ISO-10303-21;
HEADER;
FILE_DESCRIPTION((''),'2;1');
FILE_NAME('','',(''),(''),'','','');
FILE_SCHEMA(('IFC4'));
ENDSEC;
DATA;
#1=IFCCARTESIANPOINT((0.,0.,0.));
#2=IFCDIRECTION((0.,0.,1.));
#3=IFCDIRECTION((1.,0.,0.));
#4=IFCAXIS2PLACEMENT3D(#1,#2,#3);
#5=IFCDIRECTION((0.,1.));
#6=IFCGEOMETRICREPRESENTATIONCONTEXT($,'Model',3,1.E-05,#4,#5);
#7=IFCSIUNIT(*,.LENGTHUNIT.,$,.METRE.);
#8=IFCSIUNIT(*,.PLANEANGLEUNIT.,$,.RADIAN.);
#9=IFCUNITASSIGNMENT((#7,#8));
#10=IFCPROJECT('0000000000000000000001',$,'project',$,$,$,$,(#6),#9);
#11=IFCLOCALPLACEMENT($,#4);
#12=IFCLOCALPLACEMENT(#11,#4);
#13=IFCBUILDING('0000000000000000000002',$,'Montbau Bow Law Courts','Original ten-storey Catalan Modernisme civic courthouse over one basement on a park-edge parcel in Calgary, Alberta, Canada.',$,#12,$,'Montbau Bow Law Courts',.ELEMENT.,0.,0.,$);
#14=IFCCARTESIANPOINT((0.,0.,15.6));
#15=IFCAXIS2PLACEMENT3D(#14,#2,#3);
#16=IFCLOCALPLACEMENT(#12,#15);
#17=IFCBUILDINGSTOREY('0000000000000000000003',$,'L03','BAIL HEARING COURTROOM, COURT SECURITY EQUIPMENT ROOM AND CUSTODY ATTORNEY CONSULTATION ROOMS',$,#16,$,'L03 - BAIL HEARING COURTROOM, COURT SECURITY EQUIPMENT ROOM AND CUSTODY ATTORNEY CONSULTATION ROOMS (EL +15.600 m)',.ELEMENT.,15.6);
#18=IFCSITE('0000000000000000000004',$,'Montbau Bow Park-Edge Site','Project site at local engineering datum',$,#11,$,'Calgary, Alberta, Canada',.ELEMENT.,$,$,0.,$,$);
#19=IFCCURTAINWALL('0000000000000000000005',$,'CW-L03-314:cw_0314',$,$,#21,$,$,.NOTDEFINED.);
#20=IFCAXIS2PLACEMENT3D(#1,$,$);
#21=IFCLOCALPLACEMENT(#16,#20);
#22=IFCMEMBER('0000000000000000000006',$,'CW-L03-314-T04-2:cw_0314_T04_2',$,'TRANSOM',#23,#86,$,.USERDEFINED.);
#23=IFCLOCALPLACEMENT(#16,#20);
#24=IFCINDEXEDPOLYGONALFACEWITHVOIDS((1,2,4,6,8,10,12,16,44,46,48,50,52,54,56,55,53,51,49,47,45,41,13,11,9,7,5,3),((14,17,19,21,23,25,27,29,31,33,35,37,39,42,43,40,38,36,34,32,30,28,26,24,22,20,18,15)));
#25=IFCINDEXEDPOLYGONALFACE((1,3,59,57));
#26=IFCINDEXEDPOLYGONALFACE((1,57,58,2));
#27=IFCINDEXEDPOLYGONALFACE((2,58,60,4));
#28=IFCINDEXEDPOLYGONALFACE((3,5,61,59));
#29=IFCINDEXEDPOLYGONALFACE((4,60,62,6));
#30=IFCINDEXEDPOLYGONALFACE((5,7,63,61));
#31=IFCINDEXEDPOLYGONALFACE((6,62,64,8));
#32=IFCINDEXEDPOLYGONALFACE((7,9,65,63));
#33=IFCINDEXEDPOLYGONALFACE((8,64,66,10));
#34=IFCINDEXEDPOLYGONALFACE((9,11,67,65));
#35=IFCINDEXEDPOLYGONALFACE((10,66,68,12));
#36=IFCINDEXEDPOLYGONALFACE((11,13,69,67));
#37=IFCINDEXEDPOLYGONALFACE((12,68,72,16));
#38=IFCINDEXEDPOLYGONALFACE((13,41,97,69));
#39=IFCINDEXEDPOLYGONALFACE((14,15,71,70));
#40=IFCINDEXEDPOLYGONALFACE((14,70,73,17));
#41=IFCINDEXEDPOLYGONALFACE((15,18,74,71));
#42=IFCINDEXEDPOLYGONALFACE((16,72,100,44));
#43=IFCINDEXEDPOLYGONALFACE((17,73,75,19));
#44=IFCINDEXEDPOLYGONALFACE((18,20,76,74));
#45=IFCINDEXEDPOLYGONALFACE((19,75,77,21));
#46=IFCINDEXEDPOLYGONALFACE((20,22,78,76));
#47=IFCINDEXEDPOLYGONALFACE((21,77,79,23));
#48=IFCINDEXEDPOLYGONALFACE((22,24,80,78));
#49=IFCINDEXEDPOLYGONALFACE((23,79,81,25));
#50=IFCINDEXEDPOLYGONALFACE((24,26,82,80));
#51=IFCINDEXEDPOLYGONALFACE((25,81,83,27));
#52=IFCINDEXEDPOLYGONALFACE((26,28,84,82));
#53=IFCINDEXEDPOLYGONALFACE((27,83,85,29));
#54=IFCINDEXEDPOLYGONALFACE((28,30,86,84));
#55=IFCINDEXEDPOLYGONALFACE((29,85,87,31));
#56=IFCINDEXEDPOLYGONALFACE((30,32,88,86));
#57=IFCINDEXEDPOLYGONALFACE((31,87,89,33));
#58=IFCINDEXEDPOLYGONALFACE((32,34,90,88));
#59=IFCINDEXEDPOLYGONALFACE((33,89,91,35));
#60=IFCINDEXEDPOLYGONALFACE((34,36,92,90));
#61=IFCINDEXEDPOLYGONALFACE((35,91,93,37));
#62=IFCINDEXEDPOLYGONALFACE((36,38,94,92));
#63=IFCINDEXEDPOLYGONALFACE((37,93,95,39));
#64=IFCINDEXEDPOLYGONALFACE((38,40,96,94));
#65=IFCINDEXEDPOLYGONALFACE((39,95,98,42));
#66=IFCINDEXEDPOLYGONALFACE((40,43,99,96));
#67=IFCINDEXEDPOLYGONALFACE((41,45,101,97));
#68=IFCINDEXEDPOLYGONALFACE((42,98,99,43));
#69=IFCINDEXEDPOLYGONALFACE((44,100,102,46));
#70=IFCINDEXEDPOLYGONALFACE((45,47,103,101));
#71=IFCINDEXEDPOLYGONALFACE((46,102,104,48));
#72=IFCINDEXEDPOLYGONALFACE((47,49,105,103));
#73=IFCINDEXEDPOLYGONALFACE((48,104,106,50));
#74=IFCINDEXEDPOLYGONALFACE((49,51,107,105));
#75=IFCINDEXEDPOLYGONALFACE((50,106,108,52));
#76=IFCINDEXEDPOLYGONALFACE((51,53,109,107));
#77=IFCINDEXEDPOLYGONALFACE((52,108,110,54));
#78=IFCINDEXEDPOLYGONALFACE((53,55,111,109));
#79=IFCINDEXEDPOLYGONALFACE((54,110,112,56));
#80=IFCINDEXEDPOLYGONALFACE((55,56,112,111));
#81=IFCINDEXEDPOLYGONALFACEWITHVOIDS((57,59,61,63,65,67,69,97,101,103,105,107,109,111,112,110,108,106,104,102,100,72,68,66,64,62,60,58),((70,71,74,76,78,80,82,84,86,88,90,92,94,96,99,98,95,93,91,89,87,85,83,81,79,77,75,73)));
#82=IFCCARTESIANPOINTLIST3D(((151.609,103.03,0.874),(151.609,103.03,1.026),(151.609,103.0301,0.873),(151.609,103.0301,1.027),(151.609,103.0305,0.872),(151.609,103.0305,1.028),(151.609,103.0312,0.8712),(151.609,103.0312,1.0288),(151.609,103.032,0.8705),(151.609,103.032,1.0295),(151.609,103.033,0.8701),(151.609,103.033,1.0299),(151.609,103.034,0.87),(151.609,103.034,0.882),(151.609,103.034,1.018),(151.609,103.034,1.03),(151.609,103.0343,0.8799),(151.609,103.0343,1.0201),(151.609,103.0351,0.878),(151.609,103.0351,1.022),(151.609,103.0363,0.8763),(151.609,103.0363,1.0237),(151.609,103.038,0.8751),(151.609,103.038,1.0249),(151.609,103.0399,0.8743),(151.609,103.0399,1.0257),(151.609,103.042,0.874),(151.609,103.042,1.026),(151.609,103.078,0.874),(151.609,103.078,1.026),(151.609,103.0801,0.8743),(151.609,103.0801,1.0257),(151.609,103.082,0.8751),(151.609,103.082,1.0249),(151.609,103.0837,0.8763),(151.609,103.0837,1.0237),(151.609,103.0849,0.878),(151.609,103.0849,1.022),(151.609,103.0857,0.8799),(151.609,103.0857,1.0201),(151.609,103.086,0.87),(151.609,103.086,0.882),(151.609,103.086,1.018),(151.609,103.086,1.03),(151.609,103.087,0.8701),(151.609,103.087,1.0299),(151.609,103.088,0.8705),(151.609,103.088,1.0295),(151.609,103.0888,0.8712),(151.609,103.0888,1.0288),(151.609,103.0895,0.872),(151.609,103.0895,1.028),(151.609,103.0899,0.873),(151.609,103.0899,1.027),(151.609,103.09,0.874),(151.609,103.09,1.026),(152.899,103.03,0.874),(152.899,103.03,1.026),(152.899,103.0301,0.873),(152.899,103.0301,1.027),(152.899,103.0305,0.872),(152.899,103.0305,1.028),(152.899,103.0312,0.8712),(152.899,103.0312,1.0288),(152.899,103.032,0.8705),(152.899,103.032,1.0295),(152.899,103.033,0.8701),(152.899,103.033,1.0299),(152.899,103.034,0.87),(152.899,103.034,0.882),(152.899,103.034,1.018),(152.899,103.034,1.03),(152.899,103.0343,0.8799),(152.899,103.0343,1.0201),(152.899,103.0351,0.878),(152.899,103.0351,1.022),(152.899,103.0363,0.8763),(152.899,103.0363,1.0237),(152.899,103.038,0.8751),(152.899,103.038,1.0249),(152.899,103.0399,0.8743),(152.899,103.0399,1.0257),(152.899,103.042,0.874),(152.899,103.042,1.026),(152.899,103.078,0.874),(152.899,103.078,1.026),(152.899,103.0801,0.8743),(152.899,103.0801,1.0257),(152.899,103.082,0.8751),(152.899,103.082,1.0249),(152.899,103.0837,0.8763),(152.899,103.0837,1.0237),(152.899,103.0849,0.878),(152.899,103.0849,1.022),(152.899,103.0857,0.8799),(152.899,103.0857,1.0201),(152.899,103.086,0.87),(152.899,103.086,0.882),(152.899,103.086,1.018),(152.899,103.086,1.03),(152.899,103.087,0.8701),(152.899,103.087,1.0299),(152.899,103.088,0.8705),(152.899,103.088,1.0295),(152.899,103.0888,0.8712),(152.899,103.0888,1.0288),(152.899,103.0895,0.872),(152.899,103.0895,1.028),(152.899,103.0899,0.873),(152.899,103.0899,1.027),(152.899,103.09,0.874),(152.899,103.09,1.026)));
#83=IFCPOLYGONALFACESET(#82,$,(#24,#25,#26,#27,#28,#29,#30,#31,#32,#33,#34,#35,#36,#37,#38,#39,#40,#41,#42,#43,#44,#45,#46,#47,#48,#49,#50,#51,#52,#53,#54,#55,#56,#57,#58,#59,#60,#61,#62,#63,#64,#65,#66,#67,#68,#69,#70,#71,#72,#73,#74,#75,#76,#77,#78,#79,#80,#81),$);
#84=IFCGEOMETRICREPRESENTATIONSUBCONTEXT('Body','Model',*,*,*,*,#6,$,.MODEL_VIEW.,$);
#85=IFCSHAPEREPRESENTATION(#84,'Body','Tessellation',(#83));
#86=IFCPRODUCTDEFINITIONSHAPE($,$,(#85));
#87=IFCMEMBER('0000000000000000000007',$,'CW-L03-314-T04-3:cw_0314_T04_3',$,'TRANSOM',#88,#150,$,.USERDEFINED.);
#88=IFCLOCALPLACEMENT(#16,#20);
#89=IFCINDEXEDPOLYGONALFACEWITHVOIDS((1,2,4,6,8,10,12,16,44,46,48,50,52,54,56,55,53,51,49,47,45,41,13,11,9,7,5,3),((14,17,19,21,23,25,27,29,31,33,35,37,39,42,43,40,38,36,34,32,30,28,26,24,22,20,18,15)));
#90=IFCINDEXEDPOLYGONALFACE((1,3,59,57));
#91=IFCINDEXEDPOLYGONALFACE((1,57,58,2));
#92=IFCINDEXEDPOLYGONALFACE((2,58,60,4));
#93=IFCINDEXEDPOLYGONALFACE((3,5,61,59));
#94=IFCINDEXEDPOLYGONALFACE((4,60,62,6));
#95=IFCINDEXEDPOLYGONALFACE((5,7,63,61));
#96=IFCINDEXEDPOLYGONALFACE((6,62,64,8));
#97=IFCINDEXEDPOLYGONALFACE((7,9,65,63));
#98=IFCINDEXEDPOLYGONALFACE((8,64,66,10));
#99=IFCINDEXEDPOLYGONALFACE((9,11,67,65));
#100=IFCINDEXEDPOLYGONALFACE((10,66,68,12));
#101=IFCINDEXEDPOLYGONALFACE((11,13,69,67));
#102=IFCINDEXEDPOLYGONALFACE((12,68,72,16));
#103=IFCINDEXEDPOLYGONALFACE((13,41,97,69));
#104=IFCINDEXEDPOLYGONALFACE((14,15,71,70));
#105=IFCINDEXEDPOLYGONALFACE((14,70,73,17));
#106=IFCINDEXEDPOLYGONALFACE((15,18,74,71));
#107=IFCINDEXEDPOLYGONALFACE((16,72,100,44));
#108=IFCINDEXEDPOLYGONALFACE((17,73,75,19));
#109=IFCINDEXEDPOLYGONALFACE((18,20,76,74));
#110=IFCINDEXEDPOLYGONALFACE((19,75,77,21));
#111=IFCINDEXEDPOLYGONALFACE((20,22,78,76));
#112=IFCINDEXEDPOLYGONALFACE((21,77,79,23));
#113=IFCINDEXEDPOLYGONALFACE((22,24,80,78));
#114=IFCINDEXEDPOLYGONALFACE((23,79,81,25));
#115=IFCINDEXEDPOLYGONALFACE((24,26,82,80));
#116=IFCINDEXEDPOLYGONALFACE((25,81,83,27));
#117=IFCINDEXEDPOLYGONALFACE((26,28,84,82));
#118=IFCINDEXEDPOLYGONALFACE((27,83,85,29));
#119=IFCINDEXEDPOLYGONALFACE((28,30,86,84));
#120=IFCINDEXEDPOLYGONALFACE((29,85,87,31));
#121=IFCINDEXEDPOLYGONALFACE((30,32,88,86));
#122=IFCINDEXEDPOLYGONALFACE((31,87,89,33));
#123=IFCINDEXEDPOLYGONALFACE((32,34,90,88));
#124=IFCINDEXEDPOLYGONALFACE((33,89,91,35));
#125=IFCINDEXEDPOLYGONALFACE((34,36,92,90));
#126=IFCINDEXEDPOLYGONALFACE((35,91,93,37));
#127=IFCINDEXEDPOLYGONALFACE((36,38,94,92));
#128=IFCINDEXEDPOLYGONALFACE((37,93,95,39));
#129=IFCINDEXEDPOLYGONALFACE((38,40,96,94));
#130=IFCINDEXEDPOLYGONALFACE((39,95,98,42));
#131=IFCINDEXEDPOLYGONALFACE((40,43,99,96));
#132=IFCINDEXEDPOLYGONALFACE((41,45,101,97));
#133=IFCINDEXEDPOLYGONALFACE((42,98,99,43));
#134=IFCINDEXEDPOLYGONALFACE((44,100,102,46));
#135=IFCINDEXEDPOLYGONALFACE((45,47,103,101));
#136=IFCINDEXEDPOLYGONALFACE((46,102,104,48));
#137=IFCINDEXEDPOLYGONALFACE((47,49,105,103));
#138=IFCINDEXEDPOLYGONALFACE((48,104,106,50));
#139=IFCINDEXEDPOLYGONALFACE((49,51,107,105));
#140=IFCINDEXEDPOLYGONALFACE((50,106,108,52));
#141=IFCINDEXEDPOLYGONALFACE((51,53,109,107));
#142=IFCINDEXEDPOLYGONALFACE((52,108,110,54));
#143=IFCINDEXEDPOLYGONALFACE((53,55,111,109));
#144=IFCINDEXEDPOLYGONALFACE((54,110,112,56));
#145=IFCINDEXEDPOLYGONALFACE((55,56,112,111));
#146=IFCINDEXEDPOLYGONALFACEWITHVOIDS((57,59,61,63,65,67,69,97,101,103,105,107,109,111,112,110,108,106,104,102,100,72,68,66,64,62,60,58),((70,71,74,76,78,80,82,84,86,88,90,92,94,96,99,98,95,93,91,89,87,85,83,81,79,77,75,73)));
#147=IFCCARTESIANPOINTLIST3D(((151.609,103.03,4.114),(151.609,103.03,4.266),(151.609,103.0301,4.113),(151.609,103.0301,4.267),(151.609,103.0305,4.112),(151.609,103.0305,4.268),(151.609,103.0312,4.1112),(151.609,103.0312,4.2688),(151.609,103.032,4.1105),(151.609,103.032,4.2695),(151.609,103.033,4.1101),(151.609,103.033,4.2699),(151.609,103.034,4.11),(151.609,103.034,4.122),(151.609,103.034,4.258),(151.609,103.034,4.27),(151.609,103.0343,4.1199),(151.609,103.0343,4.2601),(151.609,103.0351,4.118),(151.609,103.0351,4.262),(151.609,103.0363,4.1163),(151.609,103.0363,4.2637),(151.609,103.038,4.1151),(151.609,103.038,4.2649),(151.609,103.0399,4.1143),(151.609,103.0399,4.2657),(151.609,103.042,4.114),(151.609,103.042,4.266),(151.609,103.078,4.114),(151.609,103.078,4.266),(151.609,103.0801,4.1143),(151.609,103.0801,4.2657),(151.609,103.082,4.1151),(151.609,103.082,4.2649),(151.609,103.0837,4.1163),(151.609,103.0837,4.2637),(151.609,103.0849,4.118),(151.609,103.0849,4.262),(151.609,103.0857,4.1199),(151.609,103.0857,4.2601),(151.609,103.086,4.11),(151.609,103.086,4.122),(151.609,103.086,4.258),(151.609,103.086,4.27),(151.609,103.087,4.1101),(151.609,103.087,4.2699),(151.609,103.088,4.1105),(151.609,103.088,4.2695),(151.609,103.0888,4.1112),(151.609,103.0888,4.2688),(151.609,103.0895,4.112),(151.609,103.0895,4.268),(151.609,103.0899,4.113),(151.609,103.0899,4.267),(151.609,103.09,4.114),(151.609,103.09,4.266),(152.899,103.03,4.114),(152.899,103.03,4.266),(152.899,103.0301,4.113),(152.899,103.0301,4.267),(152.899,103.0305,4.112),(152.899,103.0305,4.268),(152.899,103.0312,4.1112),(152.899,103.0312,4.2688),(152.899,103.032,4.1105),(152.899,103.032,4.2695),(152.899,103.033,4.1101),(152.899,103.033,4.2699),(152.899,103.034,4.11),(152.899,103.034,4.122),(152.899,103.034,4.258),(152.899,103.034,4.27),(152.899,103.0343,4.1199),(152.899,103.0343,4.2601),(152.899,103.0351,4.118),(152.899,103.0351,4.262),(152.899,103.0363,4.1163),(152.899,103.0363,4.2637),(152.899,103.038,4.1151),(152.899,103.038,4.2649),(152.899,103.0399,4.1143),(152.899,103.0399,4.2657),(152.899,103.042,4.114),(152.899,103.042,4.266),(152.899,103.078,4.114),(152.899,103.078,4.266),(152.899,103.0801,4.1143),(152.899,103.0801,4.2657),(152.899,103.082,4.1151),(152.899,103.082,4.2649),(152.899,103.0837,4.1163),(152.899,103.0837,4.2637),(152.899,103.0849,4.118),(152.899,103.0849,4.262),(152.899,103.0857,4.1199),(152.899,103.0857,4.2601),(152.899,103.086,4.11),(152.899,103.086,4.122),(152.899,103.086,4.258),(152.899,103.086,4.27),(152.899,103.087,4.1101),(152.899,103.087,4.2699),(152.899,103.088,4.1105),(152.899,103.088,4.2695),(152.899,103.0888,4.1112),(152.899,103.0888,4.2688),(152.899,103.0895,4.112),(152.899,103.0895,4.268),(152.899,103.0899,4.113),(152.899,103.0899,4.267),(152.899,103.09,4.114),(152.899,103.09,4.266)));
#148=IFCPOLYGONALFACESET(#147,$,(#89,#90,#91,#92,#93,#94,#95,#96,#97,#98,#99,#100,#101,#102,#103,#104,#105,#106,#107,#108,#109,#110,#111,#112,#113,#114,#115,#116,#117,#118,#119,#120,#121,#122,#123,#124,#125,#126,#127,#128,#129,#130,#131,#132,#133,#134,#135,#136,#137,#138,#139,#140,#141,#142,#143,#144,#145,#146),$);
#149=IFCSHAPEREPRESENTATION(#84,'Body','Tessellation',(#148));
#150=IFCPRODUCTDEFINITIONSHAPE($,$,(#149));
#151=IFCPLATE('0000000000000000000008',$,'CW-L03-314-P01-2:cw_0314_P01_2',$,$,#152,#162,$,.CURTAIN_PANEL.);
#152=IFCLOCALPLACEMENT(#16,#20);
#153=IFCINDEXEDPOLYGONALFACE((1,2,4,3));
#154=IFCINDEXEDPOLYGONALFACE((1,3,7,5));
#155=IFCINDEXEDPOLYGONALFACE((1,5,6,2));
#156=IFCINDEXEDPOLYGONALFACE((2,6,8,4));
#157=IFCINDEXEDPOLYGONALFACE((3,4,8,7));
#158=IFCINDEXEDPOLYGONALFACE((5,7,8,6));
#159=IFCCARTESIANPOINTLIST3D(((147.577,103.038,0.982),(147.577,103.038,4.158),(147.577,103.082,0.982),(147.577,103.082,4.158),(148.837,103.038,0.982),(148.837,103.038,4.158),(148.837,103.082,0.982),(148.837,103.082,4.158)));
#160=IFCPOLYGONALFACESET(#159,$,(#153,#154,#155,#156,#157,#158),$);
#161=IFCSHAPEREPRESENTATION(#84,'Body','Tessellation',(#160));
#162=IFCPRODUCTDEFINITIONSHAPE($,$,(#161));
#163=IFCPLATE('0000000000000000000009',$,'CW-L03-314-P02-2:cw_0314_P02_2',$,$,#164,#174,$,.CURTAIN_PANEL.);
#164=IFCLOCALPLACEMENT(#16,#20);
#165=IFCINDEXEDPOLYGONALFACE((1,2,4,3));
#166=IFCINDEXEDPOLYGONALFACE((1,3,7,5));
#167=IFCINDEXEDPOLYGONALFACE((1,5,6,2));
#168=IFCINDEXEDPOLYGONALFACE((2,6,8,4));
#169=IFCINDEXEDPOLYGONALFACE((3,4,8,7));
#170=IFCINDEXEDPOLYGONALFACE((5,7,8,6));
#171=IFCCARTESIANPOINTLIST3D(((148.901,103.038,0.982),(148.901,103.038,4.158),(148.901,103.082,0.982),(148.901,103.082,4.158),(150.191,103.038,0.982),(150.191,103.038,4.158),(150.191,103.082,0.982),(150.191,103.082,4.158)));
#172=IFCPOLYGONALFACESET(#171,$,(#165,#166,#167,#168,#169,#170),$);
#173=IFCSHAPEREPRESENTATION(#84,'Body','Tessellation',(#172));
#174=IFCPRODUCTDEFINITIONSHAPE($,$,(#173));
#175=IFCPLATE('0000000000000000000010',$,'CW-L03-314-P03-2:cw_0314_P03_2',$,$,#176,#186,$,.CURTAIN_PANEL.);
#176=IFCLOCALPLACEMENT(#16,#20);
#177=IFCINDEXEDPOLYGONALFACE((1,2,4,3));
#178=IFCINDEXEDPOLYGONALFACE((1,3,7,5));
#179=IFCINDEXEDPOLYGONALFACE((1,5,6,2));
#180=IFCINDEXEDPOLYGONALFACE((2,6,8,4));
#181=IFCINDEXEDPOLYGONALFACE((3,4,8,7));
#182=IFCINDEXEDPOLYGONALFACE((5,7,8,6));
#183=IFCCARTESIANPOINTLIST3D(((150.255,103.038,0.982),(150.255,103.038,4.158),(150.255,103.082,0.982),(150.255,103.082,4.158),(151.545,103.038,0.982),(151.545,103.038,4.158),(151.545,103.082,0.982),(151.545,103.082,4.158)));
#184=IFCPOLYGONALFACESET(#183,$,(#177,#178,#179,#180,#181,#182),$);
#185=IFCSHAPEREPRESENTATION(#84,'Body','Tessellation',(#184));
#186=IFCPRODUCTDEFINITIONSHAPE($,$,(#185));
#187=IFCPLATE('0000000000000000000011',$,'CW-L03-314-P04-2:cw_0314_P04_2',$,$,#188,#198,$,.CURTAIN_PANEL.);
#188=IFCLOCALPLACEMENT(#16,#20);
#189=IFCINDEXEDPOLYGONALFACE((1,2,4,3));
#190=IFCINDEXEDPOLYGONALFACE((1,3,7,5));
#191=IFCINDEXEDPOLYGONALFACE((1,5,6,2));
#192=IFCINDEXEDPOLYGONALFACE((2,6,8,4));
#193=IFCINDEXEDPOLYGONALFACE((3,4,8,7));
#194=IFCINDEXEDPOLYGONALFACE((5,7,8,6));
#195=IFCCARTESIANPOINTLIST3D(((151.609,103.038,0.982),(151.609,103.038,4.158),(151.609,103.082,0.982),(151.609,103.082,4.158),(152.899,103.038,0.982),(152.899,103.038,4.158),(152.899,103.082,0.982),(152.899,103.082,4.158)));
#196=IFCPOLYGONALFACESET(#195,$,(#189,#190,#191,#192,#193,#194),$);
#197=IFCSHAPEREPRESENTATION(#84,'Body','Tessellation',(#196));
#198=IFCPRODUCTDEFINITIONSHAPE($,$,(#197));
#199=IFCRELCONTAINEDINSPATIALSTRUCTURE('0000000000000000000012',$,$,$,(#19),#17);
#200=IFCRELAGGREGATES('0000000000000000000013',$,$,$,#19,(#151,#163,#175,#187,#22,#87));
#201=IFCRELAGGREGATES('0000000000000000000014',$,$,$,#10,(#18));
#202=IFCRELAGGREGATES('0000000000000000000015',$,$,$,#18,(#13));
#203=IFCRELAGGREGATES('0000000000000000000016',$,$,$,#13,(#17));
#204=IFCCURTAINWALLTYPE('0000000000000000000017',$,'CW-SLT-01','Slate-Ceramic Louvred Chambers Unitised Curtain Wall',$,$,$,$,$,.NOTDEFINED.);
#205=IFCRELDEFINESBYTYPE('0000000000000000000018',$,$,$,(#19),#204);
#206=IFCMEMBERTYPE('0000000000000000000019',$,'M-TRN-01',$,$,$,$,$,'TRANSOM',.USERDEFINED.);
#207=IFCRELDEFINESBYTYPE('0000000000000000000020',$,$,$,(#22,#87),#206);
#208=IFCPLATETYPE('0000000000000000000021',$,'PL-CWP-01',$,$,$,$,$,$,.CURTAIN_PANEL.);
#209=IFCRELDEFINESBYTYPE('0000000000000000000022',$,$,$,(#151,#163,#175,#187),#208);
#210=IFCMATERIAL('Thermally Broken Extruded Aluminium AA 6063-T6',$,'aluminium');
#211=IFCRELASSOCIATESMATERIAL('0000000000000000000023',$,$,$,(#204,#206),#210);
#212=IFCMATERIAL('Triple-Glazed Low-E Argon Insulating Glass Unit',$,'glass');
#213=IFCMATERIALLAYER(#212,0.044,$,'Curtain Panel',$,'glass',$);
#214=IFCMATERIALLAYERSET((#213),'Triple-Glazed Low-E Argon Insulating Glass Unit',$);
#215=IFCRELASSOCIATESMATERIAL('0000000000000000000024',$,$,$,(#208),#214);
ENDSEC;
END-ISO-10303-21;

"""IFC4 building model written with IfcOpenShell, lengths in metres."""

from ifc_helpers import new_model, si_unit, direction, frame, frame_2d, origin_with_axes, origin_2d_with_axis, place, context, subcontext, project, spatial, rectangle, hollow_rectangle, extrude, material, layer, layer_set, material_profile, profile_set, type_object, element, aggregate, save


model = new_model("IFC4")

# Units and contexts
model_context = context("Model", 3, precision=1e-05, world=origin_with_axes(), true_north=direction((0.0, 1.0)))
body_context = subcontext(model_context, "Body", "Model", "MODEL_VIEW")
ifc_project = project(units=[si_unit("LENGTHUNIT", "METRE"), si_unit("PLANEANGLEUNIT", "RADIAN")], contexts=[model_context])

# Site, building, storey
site_placement = place(None, origin_with_axes())
site = spatial("IfcSite", under=ifc_project, at=site_placement, Name="Montbau Bow Park-Edge Site", Description="Project site at local engineering datum", LongName="Calgary, Alberta, Canada", CompositionType="ELEMENT", RefElevation=0.0)
building_placement = place(site_placement, origin_with_axes())
building = spatial("IfcBuilding", under=site, at=building_placement, Name="Montbau Bow Law Courts", Description="Original ten-storey Catalan Modernisme civic courthouse over one basement on a park-edge parcel in Calgary, Alberta, Canada.", LongName="Montbau Bow Law Courts", CompositionType="ELEMENT", ElevationOfRefHeight=0.0, ElevationOfTerrain=0.0)
storey_placement = place(building_placement, frame((0.0, 0.0, 15.6), z_axis=(0.0, 0.0, 1.0), x_axis=(1.0, 0.0, 0.0)))
storey = spatial("IfcBuildingStorey", under=building, at=storey_placement, Name="L03", Description="BAIL HEARING COURTROOM, COURT SECURITY EQUIPMENT ROOM AND CUSTODY ATTORNEY CONSULTATION ROOMS", LongName="L03 - BAIL HEARING COURTROOM, COURT SECURITY EQUIPMENT ROOM AND CUSTODY ATTORNEY CONSULTATION ROOMS (EL +15.600 m)", CompositionType="ELEMENT", Elevation=15.6)

# Curtain wall, members, plates
ifc_material_1 = material(Name="Thermally Broken Extruded Aluminium AA 6063-T6", Category="aluminium")
curtain_wall_type = type_object("IfcCurtainWallType", Name="CW-SLT-01", Description="Slate-Ceramic Louvred Chambers Unitised Curtain Wall", PredefinedType="NOTDEFINED", material=ifc_material_1)
curtain_wall_placement = place(None, frame((147.515, 103.06, 15.6), z_axis=(0.0, 0.0, 1.0), x_axis=(1.0, 0.0, 0.0)))
curtain_wall = element("IfcCurtainWall", 1, at=curtain_wall_placement, inside=storey, type_object=curtain_wall_type, Name="CW-L03-314:cw_0314", PredefinedType="NOTDEFINED")
ifc_material_profile_1 = material_profile(ifc_material_1, hollow_rectangle(XDim=0.06, YDim=0.16, WallThickness=0.004, InnerFilletRadius=0.008, OuterFilletRadius=0.004, at=origin_2d_with_axis()), Name="CWT-160X60", Category="Main", Priority=0)
ifc_profile_set_1 = profile_set([ifc_material_profile_1], Name="Thermally Broken Extruded Aluminium AA 6063-T6")
member_type_1 = type_object("IfcMemberType", Name="M-TRN-01", ElementType="TRANSOM", PredefinedType="USERDEFINED", material=ifc_profile_set_1)
member_1_placement = place(None, frame((151.609, 103.06, 16.55), z_axis=(1.0, 0.0, 0.0), x_axis=(0.0, 1.0, 0.0)))
member_1 = element("IfcMember", 2, at=member_1_placement, type_object=member_type_1, Name="CW-L03-314-T04-2:cw_0314_T04_2", ObjectType="TRANSOM", PredefinedType="USERDEFINED", context=body_context, shape_type="SweptSolid", body=[
    extrude(hollow_rectangle(XDim=0.06, YDim=0.16, WallThickness=0.004, InnerFilletRadius=0.008, OuterFilletRadius=0.004, at=origin_2d_with_axis()), origin_with_axes(), (0.0, 0.0, 1.0), 1.29),
])
member_2_placement = place(None, frame((151.609, 103.06, 19.79), z_axis=(1.0, 0.0, 0.0), x_axis=(0.0, 1.0, 0.0)))
member_2 = element("IfcMember", 3, at=member_2_placement, type_object=member_type_1, Name="CW-L03-314-T04-3:cw_0314_T04_3", ObjectType="TRANSOM", PredefinedType="USERDEFINED", context=body_context, shape_type="SweptSolid", body=[
    extrude(hollow_rectangle(XDim=0.06, YDim=0.16, WallThickness=0.004, InnerFilletRadius=0.008, OuterFilletRadius=0.004, at=origin_2d_with_axis()), origin_with_axes(), (0.0, 0.0, 1.0), 1.29),
])
ifc_material_2 = material(Name="Triple-Glazed Low-E Argon Insulating Glass Unit", Category="glass")
ifc_layer_1 = layer(ifc_material_2, 0.044, Name="Curtain Panel", Category="glass")
ifc_layer_set_1 = layer_set([ifc_layer_1], Name="Triple-Glazed Low-E Argon Insulating Glass Unit")
plate_type_1 = type_object("IfcPlateType", Name="PL-CWP-01", PredefinedType="CURTAIN_PANEL", material=ifc_layer_set_1)
plate_1_placement = place(None, frame((147.577, 103.06, 16.582), z_axis=(0.0, -1.0, 0.0), x_axis=(1.0, 0.0, 0.0)))
plate_1 = element("IfcPlate", 4, at=plate_1_placement, type_object=plate_type_1, Name="CW-L03-314-P01-2:cw_0314_P01_2", PredefinedType="CURTAIN_PANEL", context=body_context, shape_type="SweptSolid", body=[
    extrude(rectangle(XDim=1.26, YDim=3.176, at=frame_2d((0.63, 1.588), x_axis=(1.0, 0.0))), frame((0.0, 0.0, -0.022), z_axis=(0.0, 0.0, 1.0), x_axis=(1.0, 0.0, 0.0)), (0.0, 0.0, 1.0), 0.044),
])
plate_2_placement = place(None, frame((148.901, 103.06, 16.582), z_axis=(0.0, -1.0, 0.0), x_axis=(1.0, 0.0, 0.0)))
plate_2 = element("IfcPlate", 5, at=plate_2_placement, type_object=plate_type_1, Name="CW-L03-314-P02-2:cw_0314_P02_2", PredefinedType="CURTAIN_PANEL", context=body_context, shape_type="SweptSolid", body=[
    extrude(rectangle(XDim=1.29, YDim=3.176, at=frame_2d((0.645, 1.588), x_axis=(1.0, 0.0))), frame((0.0, 0.0, -0.022), z_axis=(0.0, 0.0, 1.0), x_axis=(1.0, 0.0, 0.0)), (0.0, 0.0, 1.0), 0.044),
])
plate_3_placement = place(None, frame((150.255, 103.06, 16.582), z_axis=(0.0, -1.0, 0.0), x_axis=(1.0, 0.0, 0.0)))
plate_3 = element("IfcPlate", 6, at=plate_3_placement, type_object=plate_type_1, Name="CW-L03-314-P03-2:cw_0314_P03_2", PredefinedType="CURTAIN_PANEL", context=body_context, shape_type="SweptSolid", body=[
    extrude(rectangle(XDim=1.29, YDim=3.176, at=frame_2d((0.645, 1.588), x_axis=(1.0, 0.0))), frame((0.0, 0.0, -0.022), z_axis=(0.0, 0.0, 1.0), x_axis=(1.0, 0.0, 0.0)), (0.0, 0.0, 1.0), 0.044),
])
plate_4_placement = place(None, frame((151.609, 103.06, 16.582), z_axis=(0.0, -1.0, 0.0), x_axis=(1.0, 0.0, 0.0)))
plate_4 = element("IfcPlate", 7, at=plate_4_placement, type_object=plate_type_1, Name="CW-L03-314-P04-2:cw_0314_P04_2", PredefinedType="CURTAIN_PANEL", context=body_context, shape_type="SweptSolid", body=[
    extrude(rectangle(XDim=1.29, YDim=3.176, at=frame_2d((0.645, 1.588), x_axis=(1.0, 0.0))), frame((0.0, 0.0, -0.022), z_axis=(0.0, 0.0, 1.0), x_axis=(1.0, 0.0, 0.0)), (0.0, 0.0, 1.0), 0.044),
])
aggregate(curtain_wall, [plate_1, plate_2, plate_3, plate_4, member_1, member_2])

save(model, "model.ifc")
